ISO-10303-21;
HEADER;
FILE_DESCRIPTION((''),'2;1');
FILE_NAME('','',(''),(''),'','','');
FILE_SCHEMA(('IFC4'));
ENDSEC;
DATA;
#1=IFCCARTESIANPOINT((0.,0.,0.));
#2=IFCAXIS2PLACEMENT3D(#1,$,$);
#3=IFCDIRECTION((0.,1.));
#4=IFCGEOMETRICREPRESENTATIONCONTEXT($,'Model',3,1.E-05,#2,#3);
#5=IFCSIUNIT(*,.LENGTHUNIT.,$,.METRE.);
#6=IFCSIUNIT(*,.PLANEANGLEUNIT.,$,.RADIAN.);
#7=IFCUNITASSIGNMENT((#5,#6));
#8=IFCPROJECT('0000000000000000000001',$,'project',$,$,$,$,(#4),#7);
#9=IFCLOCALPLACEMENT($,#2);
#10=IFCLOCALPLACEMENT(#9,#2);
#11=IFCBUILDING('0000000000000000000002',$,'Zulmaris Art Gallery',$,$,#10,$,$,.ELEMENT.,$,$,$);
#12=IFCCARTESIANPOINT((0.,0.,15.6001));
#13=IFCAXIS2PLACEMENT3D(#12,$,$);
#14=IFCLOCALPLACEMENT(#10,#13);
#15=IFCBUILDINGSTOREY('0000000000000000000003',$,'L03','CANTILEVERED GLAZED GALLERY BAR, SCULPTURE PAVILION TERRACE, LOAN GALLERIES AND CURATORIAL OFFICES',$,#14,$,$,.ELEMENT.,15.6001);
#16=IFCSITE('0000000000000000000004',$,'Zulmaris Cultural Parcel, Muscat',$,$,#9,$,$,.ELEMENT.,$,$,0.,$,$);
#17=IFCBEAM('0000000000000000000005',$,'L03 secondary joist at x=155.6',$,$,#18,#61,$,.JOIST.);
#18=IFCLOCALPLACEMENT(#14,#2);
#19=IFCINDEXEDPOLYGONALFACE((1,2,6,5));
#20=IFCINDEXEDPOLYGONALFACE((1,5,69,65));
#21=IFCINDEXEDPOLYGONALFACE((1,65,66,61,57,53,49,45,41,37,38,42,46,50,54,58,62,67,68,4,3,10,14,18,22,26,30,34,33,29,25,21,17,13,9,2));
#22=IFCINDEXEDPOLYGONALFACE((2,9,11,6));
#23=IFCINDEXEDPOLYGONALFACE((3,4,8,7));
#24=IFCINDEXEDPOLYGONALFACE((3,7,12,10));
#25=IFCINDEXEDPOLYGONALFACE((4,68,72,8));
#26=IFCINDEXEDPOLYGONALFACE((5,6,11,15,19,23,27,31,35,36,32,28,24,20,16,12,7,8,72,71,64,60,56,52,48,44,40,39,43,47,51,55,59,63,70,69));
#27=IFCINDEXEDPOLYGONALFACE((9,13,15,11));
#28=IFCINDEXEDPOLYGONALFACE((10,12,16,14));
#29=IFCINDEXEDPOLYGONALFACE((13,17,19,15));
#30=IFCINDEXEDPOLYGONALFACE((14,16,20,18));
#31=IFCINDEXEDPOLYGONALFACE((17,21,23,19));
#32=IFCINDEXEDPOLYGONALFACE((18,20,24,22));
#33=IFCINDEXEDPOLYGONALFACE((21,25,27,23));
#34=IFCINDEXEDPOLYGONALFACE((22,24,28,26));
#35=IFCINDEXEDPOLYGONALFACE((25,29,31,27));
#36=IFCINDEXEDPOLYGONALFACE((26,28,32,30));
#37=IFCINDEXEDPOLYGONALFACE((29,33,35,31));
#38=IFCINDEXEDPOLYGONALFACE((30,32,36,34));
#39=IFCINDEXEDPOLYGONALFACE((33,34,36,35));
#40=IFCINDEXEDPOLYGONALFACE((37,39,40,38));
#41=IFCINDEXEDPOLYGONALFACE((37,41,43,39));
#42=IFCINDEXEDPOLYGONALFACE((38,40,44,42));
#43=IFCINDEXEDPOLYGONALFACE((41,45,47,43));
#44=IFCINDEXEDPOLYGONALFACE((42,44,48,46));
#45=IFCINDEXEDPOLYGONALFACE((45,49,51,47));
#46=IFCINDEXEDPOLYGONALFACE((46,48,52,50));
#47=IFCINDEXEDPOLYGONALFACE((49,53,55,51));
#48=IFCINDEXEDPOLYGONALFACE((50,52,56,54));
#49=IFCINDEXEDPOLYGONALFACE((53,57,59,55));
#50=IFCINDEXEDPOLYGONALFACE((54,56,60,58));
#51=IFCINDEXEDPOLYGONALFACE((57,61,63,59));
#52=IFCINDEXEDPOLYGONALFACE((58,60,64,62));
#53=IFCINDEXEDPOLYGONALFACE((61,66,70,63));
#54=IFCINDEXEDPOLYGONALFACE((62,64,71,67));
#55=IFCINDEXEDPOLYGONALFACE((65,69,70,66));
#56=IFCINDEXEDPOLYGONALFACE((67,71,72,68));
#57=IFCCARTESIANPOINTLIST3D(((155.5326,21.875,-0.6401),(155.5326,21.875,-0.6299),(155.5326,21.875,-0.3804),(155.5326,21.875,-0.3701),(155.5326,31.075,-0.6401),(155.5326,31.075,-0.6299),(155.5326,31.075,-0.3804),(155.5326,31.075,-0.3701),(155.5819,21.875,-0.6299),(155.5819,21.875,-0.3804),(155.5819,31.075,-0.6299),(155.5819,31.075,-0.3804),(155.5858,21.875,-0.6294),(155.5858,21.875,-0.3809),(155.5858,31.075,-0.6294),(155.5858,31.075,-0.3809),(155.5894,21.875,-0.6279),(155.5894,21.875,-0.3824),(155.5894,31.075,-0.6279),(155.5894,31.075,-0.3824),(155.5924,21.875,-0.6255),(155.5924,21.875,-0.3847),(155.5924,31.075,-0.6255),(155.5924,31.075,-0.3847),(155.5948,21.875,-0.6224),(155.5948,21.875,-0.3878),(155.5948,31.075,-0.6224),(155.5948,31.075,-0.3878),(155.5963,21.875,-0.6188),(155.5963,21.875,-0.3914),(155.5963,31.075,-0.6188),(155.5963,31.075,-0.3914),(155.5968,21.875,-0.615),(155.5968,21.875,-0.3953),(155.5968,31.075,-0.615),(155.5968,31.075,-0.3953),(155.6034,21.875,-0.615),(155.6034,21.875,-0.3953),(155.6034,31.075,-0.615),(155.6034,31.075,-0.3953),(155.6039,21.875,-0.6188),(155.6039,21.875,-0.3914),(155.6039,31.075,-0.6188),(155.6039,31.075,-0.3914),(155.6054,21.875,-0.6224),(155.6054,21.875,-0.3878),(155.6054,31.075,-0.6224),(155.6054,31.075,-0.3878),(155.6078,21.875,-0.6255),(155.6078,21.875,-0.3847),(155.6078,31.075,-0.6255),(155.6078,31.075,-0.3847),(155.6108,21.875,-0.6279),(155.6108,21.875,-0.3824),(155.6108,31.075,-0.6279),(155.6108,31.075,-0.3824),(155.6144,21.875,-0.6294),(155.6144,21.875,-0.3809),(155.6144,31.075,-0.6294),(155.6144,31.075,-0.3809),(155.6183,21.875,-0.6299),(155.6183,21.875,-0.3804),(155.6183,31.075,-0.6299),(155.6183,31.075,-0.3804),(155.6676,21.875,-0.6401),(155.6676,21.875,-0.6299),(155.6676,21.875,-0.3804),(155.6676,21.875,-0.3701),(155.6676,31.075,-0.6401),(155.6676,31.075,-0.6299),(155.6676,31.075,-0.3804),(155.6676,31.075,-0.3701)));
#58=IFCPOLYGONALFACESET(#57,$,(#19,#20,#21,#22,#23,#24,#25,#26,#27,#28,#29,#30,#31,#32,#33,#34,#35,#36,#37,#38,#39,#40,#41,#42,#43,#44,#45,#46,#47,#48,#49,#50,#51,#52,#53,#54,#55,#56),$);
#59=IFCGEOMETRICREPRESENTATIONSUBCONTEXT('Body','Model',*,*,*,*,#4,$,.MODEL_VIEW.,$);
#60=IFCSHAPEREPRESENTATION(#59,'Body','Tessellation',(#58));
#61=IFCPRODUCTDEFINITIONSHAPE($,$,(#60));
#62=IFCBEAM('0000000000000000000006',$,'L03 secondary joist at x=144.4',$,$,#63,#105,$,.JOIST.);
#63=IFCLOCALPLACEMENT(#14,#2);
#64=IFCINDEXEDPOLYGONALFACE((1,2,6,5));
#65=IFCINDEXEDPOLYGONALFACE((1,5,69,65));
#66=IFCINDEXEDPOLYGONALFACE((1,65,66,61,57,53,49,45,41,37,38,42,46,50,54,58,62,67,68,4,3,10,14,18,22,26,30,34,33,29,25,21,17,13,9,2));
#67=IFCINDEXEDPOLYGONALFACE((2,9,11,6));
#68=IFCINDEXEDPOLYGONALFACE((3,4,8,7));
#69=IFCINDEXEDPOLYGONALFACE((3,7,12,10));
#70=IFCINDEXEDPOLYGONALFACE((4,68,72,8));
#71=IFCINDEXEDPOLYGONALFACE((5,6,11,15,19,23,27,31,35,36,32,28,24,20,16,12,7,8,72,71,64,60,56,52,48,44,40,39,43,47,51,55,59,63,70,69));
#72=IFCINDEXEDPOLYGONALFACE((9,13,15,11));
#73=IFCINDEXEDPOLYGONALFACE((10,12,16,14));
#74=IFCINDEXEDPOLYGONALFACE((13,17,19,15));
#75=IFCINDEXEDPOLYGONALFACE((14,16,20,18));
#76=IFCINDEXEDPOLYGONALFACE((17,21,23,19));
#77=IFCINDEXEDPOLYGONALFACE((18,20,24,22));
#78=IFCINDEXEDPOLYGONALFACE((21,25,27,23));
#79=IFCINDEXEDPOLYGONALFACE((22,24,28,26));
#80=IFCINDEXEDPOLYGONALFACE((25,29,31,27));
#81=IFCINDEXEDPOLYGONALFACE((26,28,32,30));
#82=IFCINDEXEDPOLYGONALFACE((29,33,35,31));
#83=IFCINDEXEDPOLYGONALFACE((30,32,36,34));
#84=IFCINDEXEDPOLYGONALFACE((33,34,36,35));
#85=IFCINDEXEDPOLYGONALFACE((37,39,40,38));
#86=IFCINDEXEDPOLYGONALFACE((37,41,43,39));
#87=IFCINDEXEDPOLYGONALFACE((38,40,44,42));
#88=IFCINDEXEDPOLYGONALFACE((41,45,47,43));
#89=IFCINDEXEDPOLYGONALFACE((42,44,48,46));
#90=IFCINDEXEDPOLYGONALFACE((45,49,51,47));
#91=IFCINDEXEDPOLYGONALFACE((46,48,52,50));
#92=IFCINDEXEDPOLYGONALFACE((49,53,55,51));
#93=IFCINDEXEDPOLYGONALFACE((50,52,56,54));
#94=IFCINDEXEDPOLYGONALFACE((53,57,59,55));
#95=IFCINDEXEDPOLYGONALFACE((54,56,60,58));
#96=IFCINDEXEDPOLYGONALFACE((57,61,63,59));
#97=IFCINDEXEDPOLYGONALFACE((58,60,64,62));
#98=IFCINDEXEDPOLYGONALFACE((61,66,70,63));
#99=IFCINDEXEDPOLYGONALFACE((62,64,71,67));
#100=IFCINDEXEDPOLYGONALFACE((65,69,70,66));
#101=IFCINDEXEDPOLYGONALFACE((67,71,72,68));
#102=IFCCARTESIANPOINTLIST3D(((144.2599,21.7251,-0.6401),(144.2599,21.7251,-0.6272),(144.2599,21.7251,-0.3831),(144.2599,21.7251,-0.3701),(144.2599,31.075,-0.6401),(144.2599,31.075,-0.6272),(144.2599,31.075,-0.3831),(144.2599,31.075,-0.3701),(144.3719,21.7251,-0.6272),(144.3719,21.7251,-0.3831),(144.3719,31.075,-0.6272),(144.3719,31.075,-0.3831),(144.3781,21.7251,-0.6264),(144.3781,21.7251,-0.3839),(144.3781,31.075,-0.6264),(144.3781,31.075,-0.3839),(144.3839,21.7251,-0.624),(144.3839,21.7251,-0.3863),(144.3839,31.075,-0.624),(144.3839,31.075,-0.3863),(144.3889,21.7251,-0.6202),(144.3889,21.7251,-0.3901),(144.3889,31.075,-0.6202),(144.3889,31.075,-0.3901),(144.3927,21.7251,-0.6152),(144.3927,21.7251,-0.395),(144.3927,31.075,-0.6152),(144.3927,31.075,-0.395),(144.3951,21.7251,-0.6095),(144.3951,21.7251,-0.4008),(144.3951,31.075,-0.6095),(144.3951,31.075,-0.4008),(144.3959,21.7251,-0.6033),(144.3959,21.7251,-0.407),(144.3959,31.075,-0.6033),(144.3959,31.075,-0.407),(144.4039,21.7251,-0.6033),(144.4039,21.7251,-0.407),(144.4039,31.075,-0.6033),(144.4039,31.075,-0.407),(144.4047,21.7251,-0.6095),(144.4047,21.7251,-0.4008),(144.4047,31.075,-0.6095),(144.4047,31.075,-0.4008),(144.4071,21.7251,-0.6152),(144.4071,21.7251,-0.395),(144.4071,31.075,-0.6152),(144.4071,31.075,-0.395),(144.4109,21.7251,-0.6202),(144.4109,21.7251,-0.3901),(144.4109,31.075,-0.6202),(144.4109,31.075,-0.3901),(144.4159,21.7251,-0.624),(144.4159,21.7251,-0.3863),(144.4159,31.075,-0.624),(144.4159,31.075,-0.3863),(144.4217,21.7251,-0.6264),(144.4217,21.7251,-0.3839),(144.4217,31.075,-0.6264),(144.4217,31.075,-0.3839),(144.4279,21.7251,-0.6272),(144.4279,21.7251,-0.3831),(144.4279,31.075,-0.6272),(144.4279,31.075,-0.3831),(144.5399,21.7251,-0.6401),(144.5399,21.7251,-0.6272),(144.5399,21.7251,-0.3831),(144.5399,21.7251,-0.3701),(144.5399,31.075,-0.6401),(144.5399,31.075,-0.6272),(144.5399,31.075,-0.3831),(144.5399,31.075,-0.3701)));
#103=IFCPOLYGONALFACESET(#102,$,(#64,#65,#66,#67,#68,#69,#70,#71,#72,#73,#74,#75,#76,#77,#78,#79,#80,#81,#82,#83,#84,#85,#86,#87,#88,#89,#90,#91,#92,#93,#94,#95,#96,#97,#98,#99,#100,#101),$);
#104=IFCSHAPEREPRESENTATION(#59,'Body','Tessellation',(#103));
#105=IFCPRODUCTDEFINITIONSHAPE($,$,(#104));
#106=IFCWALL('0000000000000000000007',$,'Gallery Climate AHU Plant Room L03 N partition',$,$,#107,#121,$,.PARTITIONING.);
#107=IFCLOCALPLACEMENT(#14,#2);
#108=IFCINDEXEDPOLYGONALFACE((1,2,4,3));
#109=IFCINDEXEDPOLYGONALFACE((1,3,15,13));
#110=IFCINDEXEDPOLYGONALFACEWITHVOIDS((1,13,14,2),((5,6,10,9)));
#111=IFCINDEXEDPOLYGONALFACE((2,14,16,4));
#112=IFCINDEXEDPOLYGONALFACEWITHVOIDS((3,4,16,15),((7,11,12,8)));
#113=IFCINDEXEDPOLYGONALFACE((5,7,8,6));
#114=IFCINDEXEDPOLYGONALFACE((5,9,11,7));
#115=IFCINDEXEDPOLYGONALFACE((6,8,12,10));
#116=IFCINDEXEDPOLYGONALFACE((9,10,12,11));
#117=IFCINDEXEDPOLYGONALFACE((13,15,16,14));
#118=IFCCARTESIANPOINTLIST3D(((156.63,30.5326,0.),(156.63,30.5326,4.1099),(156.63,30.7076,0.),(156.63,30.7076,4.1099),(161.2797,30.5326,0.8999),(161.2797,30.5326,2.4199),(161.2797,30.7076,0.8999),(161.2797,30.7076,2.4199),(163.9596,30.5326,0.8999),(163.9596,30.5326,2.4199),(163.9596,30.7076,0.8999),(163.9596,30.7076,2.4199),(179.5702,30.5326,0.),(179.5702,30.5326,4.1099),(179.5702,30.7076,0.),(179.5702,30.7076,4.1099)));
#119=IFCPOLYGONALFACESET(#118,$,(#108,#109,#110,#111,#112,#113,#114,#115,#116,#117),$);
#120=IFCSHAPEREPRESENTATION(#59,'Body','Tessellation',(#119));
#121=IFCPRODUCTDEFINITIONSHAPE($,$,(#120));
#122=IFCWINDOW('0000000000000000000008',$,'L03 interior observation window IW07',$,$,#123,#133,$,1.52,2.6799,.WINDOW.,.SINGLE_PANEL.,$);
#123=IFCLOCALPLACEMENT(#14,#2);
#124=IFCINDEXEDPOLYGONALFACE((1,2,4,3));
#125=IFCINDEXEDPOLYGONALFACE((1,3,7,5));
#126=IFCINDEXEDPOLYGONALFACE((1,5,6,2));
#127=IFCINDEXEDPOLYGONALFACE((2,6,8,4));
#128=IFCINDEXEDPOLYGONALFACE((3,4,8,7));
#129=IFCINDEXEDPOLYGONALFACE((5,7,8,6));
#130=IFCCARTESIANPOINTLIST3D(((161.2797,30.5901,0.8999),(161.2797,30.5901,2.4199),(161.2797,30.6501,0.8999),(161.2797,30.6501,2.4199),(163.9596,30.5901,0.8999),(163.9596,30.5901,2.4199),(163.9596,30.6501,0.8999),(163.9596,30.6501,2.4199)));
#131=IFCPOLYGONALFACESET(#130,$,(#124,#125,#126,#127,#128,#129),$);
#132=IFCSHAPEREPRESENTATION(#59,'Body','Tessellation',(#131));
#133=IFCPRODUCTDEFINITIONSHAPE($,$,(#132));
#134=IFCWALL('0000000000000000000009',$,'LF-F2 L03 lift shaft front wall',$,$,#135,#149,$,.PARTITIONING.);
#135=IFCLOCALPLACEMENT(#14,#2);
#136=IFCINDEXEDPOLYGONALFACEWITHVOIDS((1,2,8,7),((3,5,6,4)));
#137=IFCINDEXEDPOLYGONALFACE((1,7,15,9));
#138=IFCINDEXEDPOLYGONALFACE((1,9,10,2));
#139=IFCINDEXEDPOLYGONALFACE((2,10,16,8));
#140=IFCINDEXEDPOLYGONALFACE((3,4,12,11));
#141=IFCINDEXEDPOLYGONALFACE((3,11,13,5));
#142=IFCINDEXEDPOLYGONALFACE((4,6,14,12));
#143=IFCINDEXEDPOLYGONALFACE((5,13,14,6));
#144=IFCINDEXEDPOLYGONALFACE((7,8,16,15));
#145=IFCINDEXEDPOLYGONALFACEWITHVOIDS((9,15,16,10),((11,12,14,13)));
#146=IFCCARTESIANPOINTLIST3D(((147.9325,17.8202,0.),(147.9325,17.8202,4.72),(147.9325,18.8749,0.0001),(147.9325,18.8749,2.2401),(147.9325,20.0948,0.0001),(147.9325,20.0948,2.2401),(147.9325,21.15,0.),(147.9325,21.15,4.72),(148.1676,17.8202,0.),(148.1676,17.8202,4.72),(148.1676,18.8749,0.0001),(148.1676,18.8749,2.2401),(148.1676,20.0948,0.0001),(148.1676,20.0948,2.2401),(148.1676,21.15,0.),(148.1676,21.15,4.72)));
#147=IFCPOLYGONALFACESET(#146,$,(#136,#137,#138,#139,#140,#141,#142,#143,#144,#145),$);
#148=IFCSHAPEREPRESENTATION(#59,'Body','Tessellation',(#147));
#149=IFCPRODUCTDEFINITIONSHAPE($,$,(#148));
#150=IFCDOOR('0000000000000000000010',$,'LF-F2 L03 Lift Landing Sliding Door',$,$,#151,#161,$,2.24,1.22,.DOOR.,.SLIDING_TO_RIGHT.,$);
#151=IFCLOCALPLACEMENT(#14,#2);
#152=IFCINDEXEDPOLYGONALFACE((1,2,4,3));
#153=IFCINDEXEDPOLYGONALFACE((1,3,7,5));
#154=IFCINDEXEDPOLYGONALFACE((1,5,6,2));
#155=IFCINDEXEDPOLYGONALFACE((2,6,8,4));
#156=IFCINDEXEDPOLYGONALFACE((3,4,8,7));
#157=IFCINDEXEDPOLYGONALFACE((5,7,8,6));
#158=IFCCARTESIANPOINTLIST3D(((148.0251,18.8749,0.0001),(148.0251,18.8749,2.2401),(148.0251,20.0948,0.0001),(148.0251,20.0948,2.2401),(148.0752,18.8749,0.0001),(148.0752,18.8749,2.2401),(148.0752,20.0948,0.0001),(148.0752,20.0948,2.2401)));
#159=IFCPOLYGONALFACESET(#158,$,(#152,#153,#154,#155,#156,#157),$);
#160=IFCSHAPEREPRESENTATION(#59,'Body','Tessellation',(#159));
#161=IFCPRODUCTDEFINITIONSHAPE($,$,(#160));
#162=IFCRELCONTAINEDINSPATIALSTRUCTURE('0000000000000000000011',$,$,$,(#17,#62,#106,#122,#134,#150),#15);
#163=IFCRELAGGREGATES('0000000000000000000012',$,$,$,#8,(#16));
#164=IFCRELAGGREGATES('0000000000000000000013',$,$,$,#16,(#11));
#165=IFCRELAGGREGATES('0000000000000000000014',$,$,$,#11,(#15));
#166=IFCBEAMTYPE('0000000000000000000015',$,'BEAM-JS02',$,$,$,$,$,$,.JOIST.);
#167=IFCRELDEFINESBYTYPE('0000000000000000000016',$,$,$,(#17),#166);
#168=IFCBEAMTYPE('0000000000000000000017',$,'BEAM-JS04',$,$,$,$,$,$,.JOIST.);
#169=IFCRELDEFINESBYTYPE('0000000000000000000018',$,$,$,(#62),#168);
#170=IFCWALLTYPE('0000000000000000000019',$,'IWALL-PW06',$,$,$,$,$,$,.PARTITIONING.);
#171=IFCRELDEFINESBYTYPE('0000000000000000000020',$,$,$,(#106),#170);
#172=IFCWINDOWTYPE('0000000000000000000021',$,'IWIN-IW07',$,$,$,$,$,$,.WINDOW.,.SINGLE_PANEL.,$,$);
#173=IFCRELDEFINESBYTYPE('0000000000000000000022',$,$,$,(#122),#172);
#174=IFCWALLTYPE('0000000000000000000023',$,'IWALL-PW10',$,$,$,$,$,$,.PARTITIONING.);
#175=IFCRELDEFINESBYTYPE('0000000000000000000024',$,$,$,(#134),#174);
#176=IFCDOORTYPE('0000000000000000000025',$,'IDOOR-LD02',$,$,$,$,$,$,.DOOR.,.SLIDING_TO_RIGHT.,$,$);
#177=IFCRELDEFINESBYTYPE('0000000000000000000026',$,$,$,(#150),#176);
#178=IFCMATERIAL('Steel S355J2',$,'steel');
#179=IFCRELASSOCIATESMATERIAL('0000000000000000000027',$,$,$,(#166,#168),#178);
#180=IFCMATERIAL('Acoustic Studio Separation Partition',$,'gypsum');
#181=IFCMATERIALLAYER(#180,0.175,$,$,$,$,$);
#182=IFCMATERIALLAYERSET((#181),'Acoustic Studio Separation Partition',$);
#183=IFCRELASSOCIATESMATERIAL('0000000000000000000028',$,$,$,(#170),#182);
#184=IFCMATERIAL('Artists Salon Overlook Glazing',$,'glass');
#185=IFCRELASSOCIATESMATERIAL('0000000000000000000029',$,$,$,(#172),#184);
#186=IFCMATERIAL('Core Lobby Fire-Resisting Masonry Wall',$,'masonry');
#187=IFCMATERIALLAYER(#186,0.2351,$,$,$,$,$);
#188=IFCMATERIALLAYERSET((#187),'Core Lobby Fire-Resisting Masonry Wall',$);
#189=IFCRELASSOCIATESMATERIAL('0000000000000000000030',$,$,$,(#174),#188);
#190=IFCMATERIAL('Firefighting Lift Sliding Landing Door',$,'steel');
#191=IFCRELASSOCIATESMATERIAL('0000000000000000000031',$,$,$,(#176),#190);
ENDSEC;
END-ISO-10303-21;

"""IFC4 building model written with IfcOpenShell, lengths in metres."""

from ifc_helpers import new_model, si_unit, direction, frame, frame_2d, origin, origin_2d, place, context, subcontext, project, spatial, rectangle, i_section, extrude, material, layer, layer_set, material_profile, profile_set, type_object, element, fill, save


model = new_model("IFC4")

# Units and contexts
model_context = context("Model", 3, precision=1e-05, world=origin(), true_north=direction((0.0, 1.0)))
body_context = subcontext(model_context, "Body", "Model", "MODEL_VIEW")
ifc_project = project(units=[si_unit("LENGTHUNIT", "METRE"), si_unit("PLANEANGLEUNIT", "RADIAN")], contexts=[model_context])

# Site, building, storey
site_placement = place(None, origin())
site = spatial("IfcSite", under=ifc_project, at=site_placement, Name="Zulmaris Cultural Parcel, Muscat", CompositionType="ELEMENT", RefElevation=0.0)
building_placement = place(site_placement, origin())
building = spatial("IfcBuilding", under=site, at=building_placement, Name="Zulmaris Art Gallery", CompositionType="ELEMENT")
storey_placement = place(building_placement, frame((0.0, 0.0, 15.6001)))
storey = spatial("IfcBuildingStorey", under=building, at=storey_placement, Name="L03", Description="CANTILEVERED GLAZED GALLERY BAR, SCULPTURE PAVILION TERRACE, LOAN GALLERIES AND CURATORIAL OFFICES", CompositionType="ELEMENT", Elevation=15.6001)

# Beams
ifc_material_1 = material(Name="Steel S355J2", Category="steel")
ifc_material_profile_1 = material_profile(ifc_material_1, i_section(OverallWidth=0.135, OverallDepth=0.27, WebThickness=0.0066, FlangeThickness=0.0103, FilletRadius=0.0149, at=origin_2d()), Name="IPE 270")
ifc_profile_set_1 = profile_set([ifc_material_profile_1], Name="Steel S355J2")
beam_type_1 = type_object("IfcBeamType", Name="BEAM-JS02", PredefinedType="JOIST", material=ifc_profile_set_1)
beam_1_placement = place(storey_placement, frame((155.6001, 21.875, -0.5051), z_axis=(0.0, 1.0, 0.0), x_axis=(-1.0, 0.0, 0.0)))
element("IfcBeam", 1, at=beam_1_placement, inside=storey, type_object=beam_type_1, Name="L03 secondary joist at x=155.6", PredefinedType="JOIST", context=body_context, shape_type="SweptSolid", body=[
    extrude(i_section(OverallWidth=0.135, OverallDepth=0.27, WebThickness=0.0066, FlangeThickness=0.0103, FilletRadius=0.0149, at=origin_2d()), origin(), (0.0, 0.0, 1.0), 9.2),
])
ifc_material_profile_2 = material_profile(ifc_material_1, i_section(OverallWidth=0.28, OverallDepth=0.27, WebThickness=0.0081, FlangeThickness=0.0129, FilletRadius=0.0239, at=origin_2d()), Name="HEA 280")
ifc_profile_set_2 = profile_set([ifc_material_profile_2], Name="Steel S355J2")
beam_type_2 = type_object("IfcBeamType", Name="BEAM-JS04", PredefinedType="JOIST", material=ifc_profile_set_2)
beam_2_placement = place(storey_placement, frame((144.3999, 21.7251, -0.5051), z_axis=(0.0, 1.0, 0.0), x_axis=(-1.0, 0.0, 0.0)))
element("IfcBeam", 2, at=beam_2_placement, inside=storey, type_object=beam_type_2, Name="L03 secondary joist at x=144.4", PredefinedType="JOIST", context=body_context, shape_type="SweptSolid", body=[
    extrude(i_section(OverallWidth=0.28, OverallDepth=0.27, WebThickness=0.0081, FlangeThickness=0.0129, FilletRadius=0.0239, at=origin_2d()), origin(), (0.0, 0.0, 1.0), 9.3499),
])

# Wall, opening, window
ifc_material_2 = material(Name="Acoustic Studio Separation Partition", Category="gypsum")
ifc_layer_1 = layer(ifc_material_2, 0.175)
ifc_layer_set_1 = layer_set([ifc_layer_1], Name="Acoustic Studio Separation Partition")
wall_type_1 = type_object("IfcWallType", Name="IWALL-PW06", PredefinedType="PARTITIONING", material=ifc_layer_set_1)
wall_1_placement = place(storey_placement, frame((156.6299, 30.6201, 0.0), z_axis=(0.0, 0.0, 1.0), x_axis=(1.0, 0.0, 0.0)))
wall_1 = element("IfcWall", 3, at=wall_1_placement, inside=storey, type_object=wall_type_1, Name="Gallery Climate AHU Plant Room L03 N partition", PredefinedType="PARTITIONING", context=body_context, shape_type="SweptSolid", body=[
    extrude(rectangle(XDim=22.9402, YDim=0.175, at=frame_2d((11.4702, 0.0))), origin(), (0.0, 0.0, 1.0), 4.1099),
])
opening_1_placement = place(wall_1_placement, frame((4.6499, 0.0, 0.8999)))
opening_1 = element("IfcOpeningElement", 4, at=opening_1_placement, cuts=wall_1, PredefinedType="OPENING", context=body_context, shape_type="SweptSolid", body=[
    extrude(rectangle(XDim=2.6799, YDim=1.52, at=frame_2d((1.3398, 0.76))), frame((0.0, 0.0974, 0.0), z_axis=(0.0, -1.0, 0.0), x_axis=(1.0, 0.0, 0.0)), (0.0, 0.0, 1.0), 0.1951),
])
ifc_material_3 = material(Name="Artists Salon Overlook Glazing", Category="glass")
window_type = type_object("IfcWindowType", Name="IWIN-IW07", PartitioningType="SINGLE_PANEL", PredefinedType="WINDOW", material=ifc_material_3)
window_placement = place(opening_1_placement, origin())
window = element("IfcWindow", 5, at=window_placement, inside=storey, type_object=window_type, Name="L03 interior observation window IW07", OverallHeight=1.52, OverallWidth=2.6799, PartitioningType="SINGLE_PANEL", PredefinedType="WINDOW", context=body_context, shape_type="SweptSolid", body=[
    extrude(rectangle(XDim=2.6799, YDim=1.52, at=frame_2d((1.3398, 0.76))), frame((0.0, 0.03, 0.0), z_axis=(0.0, -1.0, 0.0), x_axis=(1.0, 0.0, 0.0)), (0.0, 0.0, 1.0), 0.0601),
])
fill(opening_1, window)

# Wall, opening, door
ifc_material_4 = material(Name="Core Lobby Fire-Resisting Masonry Wall", Category="masonry")
ifc_layer_2 = layer(ifc_material_4, 0.2351)
ifc_layer_set_2 = layer_set([ifc_layer_2], Name="Core Lobby Fire-Resisting Masonry Wall")
wall_type_2 = type_object("IfcWallType", Name="IWALL-PW10", PredefinedType="PARTITIONING", material=ifc_layer_set_2)
wall_2_placement = place(storey_placement, frame((148.05, 17.8201, 0.0), z_axis=(0.0, 0.0, 1.0), x_axis=(0.0, 1.0, 0.0)))
wall_2 = element("IfcWall", 6, at=wall_2_placement, inside=storey, type_object=wall_type_2, Name="LF-F2 L03 lift shaft front wall", PredefinedType="PARTITIONING", context=body_context, shape_type="SweptSolid", body=[
    extrude(rectangle(XDim=3.3298, YDim=0.2351, at=frame_2d((1.665, 0.0))), origin(), (0.0, 0.0, 1.0), 4.72),
])
opening_2_placement = place(wall_2_placement, frame((1.0549, 0.0, 0.0)))
opening_2 = element("IfcOpeningElement", 7, at=opening_2_placement, cuts=wall_2, PredefinedType="OPENING", context=body_context, shape_type="SweptSolid", body=[
    extrude(rectangle(XDim=1.22, YDim=2.24, at=frame_2d((0.6099, 1.1201))), frame((0.0, 0.1274, 0.0), z_axis=(0.0, -1.0, 0.0), x_axis=(1.0, 0.0, 0.0)), (0.0, 0.0, 1.0), 0.2551),
])
ifc_material_5 = material(Name="Firefighting Lift Sliding Landing Door", Category="steel")
door_type_1 = type_object("IfcDoorType", Name="IDOOR-LD02", OperationType="SLIDING_TO_RIGHT", PredefinedType="DOOR", material=ifc_material_5)
door_1_placement = place(opening_2_placement, origin())
door_1 = element("IfcDoor", 8, at=door_1_placement, inside=storey, type_object=door_type_1, Name="LF-F2 L03 Lift Landing Sliding Door", OperationType="SLIDING_TO_RIGHT", OverallHeight=2.24, OverallWidth=1.22, PredefinedType="DOOR", context=body_context, shape_type="SweptSolid", body=[
    extrude(rectangle(XDim=1.22, YDim=2.24, at=frame_2d((0.6099, 1.1201))), frame((0.0, 0.0249, 0.0), z_axis=(0.0, -1.0, 0.0), x_axis=(1.0, 0.0, 0.0)), (0.0, 0.0, 1.0), 0.05),
])
fill(opening_2, door_1)

save(model, "model.ifc")
